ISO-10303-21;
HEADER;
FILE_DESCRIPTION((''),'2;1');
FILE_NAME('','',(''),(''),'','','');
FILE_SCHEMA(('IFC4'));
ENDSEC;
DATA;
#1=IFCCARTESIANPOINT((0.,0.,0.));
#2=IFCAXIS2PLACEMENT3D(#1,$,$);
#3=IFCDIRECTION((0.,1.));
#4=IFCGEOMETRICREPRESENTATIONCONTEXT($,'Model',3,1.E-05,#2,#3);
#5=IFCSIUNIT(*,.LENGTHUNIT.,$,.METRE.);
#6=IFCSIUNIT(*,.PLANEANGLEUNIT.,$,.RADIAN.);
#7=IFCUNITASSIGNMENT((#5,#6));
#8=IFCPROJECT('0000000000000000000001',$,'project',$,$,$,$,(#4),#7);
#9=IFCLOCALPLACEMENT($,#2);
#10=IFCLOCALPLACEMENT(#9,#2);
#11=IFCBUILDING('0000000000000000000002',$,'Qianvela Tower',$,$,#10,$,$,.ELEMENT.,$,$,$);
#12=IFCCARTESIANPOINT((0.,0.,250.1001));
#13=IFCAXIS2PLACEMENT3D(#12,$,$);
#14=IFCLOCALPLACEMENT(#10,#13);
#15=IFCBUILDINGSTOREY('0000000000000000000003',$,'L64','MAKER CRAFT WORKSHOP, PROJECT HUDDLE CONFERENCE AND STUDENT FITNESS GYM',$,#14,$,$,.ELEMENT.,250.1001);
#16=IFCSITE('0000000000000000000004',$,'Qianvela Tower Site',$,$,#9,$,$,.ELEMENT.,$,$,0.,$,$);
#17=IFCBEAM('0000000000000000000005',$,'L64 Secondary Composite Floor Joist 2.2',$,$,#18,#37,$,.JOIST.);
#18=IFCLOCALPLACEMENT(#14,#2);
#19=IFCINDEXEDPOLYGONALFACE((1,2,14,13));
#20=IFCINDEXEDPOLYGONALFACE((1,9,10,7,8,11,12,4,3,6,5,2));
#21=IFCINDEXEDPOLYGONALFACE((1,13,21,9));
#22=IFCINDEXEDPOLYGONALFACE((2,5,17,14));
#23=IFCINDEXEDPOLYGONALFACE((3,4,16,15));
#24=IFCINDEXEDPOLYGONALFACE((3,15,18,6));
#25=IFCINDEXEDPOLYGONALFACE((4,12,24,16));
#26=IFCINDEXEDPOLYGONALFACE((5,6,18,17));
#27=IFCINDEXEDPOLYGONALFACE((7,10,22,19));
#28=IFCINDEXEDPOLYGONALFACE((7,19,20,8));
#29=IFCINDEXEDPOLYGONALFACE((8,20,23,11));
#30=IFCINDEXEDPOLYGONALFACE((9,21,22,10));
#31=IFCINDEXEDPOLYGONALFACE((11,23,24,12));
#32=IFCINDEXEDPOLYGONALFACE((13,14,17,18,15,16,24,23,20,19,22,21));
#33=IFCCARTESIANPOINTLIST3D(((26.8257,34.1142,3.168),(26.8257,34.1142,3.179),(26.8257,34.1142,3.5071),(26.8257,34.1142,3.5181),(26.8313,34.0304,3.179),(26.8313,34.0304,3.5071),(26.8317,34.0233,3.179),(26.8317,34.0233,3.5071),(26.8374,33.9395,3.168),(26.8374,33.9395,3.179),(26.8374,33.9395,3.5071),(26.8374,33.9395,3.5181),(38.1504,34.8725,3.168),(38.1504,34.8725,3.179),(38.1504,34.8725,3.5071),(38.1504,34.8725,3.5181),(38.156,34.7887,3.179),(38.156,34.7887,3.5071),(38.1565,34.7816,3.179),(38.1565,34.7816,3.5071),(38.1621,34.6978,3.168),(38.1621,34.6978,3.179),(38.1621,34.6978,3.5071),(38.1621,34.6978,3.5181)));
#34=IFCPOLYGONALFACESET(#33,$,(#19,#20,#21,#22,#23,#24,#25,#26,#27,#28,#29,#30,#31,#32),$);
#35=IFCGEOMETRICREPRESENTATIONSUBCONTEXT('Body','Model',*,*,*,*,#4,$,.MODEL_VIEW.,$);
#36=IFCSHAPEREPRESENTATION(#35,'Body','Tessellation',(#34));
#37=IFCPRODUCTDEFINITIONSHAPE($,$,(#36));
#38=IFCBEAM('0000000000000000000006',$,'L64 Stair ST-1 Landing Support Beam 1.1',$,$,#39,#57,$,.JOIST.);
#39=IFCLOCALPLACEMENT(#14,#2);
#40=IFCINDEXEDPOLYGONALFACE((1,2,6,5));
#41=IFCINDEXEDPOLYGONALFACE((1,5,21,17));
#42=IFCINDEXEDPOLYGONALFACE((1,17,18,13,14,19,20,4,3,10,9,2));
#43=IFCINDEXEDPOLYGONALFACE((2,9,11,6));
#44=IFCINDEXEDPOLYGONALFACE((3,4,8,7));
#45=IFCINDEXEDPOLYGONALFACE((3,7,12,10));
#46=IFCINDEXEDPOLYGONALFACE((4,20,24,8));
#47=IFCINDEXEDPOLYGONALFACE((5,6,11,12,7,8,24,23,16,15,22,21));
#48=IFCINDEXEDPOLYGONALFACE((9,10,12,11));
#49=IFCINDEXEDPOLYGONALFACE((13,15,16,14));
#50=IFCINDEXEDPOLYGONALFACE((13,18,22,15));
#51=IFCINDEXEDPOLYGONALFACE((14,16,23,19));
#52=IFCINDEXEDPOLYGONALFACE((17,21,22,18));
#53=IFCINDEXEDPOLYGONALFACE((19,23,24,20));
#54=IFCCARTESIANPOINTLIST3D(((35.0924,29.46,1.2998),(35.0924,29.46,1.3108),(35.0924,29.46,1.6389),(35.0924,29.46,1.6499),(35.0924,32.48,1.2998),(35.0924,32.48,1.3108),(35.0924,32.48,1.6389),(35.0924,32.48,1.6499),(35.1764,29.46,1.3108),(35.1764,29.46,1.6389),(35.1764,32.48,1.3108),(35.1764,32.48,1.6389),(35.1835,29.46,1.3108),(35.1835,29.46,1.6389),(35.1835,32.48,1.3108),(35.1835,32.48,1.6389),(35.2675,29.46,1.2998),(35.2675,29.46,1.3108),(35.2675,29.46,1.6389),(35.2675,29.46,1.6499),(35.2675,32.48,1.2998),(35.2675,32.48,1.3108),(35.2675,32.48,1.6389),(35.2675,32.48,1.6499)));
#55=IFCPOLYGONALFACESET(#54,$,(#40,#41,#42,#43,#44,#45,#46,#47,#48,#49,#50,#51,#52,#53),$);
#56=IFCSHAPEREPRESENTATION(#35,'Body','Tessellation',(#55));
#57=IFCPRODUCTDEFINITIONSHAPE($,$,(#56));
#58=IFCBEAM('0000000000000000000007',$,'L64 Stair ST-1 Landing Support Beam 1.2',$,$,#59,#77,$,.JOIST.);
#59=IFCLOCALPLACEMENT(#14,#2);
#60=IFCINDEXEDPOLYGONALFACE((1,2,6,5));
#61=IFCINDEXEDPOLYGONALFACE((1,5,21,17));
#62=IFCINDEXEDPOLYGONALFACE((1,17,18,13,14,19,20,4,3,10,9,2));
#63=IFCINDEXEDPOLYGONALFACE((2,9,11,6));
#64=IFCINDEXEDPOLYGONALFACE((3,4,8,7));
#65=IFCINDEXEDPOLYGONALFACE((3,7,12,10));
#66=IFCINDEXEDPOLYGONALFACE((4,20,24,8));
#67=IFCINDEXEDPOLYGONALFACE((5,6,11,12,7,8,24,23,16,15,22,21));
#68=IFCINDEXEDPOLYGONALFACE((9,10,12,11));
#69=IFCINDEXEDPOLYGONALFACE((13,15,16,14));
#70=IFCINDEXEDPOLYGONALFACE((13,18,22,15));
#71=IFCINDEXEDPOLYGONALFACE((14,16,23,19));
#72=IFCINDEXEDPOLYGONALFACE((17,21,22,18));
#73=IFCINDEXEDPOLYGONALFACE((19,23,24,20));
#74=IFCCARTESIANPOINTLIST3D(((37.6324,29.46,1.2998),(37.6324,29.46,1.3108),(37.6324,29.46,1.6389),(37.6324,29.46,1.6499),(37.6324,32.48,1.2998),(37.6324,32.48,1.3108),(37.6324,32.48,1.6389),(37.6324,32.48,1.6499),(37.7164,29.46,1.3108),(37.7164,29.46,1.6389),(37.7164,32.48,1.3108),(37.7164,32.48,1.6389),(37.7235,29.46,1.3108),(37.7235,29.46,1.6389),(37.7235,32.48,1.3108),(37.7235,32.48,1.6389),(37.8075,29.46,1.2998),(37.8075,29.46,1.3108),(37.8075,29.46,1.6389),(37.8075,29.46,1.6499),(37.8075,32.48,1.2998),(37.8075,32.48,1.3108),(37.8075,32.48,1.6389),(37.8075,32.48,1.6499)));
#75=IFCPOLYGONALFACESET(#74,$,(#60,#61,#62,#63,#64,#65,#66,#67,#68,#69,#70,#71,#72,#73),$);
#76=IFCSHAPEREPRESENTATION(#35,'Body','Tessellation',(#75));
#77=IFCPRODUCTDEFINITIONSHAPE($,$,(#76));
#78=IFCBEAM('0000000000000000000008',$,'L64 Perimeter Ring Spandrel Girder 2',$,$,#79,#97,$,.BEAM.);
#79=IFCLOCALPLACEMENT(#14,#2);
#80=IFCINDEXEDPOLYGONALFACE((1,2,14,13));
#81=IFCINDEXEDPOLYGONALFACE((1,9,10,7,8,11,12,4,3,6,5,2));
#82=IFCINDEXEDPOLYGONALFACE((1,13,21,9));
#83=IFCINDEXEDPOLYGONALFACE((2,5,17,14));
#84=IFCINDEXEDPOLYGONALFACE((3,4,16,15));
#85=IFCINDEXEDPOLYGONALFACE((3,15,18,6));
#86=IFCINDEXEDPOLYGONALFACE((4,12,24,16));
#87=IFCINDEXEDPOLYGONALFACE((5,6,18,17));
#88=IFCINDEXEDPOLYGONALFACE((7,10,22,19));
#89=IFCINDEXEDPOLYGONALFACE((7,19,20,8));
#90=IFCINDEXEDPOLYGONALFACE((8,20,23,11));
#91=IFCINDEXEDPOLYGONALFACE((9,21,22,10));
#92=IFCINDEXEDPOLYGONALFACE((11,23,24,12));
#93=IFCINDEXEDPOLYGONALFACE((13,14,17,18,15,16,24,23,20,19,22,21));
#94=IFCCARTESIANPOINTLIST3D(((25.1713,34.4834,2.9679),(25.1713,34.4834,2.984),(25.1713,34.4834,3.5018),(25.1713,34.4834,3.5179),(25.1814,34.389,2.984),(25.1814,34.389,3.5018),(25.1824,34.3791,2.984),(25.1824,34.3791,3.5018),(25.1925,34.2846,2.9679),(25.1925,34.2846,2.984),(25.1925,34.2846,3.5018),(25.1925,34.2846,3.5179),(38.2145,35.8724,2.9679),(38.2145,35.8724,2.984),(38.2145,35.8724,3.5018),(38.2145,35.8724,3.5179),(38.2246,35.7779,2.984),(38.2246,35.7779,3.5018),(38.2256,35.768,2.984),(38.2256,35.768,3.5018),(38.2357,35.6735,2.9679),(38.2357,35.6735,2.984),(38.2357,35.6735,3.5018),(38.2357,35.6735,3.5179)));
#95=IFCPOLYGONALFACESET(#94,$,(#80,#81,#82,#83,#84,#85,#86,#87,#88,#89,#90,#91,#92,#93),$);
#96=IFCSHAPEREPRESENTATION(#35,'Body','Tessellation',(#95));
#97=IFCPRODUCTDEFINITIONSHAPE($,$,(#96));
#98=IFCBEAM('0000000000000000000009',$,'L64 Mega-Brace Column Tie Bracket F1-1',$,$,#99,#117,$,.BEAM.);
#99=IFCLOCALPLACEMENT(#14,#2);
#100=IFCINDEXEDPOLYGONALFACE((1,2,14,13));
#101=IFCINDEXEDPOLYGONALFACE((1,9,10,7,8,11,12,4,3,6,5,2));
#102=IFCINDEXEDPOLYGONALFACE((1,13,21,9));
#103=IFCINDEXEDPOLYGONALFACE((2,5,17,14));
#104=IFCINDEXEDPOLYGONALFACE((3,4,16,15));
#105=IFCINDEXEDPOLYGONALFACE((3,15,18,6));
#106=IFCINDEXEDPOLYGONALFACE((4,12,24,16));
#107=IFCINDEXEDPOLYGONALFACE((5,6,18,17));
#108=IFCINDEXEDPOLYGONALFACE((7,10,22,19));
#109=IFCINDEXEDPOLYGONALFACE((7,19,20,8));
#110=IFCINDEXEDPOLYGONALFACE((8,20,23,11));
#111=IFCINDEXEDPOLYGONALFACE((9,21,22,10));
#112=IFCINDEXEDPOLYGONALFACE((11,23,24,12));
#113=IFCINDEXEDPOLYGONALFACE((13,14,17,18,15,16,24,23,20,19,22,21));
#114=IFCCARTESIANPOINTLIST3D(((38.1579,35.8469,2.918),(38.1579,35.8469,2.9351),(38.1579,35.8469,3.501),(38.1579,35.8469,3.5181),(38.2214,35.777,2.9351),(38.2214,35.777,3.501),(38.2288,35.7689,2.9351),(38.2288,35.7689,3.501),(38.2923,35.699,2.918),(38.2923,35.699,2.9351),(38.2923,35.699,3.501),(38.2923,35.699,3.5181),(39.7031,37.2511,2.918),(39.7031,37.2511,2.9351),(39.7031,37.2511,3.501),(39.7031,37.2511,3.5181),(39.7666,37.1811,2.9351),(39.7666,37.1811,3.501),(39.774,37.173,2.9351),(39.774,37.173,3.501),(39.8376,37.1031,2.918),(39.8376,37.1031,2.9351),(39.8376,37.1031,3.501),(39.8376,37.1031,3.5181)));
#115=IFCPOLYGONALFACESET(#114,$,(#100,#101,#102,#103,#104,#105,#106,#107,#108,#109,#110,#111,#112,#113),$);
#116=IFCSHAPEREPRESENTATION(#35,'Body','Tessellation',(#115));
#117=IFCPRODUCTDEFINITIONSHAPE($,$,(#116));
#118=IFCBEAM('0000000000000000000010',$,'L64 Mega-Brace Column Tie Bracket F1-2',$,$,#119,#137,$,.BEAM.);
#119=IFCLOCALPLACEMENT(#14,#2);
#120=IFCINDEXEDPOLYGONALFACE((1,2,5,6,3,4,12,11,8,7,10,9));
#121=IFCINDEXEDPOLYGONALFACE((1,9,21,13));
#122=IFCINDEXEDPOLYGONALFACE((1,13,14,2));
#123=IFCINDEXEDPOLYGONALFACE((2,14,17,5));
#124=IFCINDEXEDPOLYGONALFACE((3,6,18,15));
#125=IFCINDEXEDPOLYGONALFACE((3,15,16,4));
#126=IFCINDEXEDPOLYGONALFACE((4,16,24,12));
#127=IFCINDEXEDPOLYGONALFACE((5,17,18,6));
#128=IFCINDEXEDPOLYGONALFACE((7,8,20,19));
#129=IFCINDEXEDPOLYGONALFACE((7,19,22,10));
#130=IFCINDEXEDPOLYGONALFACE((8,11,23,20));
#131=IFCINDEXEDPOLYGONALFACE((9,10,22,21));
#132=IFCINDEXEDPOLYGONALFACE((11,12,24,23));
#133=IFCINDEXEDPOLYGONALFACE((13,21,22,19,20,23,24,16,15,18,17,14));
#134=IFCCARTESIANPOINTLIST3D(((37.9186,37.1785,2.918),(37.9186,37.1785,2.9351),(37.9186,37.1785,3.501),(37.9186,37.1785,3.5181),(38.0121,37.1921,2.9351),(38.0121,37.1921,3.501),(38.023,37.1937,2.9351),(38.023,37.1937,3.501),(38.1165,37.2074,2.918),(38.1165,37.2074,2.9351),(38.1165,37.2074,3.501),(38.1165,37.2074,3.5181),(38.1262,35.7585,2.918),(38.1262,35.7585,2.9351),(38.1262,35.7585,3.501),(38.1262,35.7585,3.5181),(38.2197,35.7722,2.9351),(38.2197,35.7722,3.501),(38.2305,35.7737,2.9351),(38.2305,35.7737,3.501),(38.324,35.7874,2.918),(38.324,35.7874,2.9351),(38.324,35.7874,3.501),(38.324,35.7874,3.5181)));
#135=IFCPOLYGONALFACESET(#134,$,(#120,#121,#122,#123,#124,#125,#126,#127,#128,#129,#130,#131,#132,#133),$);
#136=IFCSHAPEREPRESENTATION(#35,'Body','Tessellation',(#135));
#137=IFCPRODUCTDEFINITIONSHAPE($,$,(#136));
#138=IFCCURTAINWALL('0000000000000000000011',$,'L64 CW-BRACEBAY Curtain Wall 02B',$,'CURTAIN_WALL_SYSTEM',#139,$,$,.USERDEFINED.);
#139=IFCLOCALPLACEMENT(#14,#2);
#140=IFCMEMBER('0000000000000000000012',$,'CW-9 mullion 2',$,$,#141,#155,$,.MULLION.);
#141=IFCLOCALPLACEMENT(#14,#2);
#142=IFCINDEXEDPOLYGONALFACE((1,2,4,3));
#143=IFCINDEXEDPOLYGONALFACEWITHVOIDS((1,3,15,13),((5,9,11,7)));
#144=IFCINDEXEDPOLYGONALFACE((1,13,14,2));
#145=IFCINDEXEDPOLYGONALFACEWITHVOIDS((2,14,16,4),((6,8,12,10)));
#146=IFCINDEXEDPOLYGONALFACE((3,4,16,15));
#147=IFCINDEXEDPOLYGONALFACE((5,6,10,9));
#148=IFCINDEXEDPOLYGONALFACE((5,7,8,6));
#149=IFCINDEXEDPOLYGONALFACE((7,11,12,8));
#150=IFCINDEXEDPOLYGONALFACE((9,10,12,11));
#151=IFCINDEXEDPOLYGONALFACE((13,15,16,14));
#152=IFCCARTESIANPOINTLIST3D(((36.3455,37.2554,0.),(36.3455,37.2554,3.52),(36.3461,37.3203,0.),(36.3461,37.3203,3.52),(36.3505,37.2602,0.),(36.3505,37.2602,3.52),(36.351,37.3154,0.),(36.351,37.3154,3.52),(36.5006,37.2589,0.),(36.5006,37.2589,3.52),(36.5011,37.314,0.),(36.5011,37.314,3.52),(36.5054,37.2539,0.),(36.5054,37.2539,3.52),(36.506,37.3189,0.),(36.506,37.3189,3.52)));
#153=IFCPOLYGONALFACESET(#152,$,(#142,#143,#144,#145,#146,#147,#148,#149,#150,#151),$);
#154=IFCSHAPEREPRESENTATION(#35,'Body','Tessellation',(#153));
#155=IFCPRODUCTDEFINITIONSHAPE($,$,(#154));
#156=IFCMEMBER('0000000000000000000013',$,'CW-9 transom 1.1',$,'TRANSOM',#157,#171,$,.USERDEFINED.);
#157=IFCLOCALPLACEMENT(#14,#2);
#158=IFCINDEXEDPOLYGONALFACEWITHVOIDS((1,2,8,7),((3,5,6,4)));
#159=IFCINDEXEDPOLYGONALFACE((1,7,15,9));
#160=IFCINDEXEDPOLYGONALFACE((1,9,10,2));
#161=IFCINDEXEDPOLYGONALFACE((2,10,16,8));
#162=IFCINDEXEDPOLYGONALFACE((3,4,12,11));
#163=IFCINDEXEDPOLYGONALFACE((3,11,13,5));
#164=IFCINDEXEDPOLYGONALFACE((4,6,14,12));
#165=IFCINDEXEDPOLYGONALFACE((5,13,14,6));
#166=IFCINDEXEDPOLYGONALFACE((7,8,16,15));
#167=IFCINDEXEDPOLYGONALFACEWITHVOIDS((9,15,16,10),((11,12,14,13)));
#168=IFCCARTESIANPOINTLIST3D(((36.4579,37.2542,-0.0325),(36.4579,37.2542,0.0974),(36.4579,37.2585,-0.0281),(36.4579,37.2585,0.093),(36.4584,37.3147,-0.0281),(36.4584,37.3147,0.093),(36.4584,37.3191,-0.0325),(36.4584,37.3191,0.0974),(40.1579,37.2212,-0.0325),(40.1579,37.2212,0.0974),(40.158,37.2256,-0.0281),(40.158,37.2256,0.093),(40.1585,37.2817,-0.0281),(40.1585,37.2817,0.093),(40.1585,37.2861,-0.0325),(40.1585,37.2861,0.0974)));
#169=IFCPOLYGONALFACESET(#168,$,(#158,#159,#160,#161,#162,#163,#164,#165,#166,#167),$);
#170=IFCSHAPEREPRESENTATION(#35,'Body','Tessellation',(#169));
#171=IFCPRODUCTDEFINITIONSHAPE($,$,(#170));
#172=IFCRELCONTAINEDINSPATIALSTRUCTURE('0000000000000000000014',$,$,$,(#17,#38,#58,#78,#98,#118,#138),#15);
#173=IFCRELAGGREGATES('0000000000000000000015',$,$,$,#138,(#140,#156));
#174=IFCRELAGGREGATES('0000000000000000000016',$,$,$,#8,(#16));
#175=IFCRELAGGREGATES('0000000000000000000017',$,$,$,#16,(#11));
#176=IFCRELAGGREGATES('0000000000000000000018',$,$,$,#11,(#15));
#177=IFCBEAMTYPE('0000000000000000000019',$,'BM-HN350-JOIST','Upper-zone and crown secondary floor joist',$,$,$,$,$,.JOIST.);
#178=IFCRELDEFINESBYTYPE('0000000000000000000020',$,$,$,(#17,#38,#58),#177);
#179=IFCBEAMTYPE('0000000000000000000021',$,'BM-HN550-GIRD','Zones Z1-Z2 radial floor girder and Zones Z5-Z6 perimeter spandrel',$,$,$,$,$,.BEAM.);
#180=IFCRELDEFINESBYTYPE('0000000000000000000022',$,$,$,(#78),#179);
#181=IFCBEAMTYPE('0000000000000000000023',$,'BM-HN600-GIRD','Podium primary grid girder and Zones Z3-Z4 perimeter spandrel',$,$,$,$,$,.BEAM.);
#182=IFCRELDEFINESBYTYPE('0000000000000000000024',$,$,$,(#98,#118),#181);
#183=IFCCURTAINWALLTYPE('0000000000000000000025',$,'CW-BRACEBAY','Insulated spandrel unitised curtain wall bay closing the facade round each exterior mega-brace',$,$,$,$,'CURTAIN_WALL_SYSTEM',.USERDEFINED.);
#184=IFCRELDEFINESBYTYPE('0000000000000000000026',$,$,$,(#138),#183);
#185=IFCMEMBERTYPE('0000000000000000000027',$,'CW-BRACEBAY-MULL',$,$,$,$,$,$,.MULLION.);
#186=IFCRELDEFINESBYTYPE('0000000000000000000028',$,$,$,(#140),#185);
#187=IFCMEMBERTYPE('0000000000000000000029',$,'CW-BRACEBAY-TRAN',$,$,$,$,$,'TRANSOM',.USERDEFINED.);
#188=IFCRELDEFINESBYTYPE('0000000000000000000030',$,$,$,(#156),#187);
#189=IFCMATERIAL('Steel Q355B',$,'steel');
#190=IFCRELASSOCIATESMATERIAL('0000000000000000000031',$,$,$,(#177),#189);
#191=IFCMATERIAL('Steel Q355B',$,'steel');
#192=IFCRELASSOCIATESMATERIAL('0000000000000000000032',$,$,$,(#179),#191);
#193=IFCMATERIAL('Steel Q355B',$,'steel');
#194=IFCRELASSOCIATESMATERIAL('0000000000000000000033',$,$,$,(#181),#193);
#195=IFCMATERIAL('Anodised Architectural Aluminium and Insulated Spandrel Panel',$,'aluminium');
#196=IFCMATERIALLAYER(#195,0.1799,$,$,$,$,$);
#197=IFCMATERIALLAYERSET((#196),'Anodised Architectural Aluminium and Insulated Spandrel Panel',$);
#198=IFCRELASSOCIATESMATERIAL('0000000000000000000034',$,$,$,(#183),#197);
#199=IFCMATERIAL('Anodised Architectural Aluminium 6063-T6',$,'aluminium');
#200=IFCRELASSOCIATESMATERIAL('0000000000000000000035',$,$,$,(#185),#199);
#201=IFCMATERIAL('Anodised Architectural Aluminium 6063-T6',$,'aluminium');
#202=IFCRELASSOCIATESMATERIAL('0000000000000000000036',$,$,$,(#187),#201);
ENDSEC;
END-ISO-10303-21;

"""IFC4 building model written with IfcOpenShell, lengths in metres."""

from ifc_helpers import new_model, si_unit, direction, frame, origin, origin_2d, place, context, subcontext, project, spatial, hollow_rectangle, i_section, extrude, material, layer, layer_set, material_profile, profile_set, type_object, element, aggregate, save


model = new_model("IFC4")

# Units and contexts
model_context = context("Model", 3, precision=1e-05, world=origin(), true_north=direction((0.0, 1.0)))
body_context = subcontext(model_context, "Body", "Model", "MODEL_VIEW")
ifc_project = project(units=[si_unit("LENGTHUNIT", "METRE"), si_unit("PLANEANGLEUNIT", "RADIAN")], contexts=[model_context])

# Site, building, storey
site_placement = place(None, origin())
site = spatial("IfcSite", under=ifc_project, at=site_placement, Name="Qianvela Tower Site", CompositionType="ELEMENT", RefElevation=0.0)
building_placement = place(site_placement, origin())
building = spatial("IfcBuilding", under=site, at=building_placement, Name="Qianvela Tower", CompositionType="ELEMENT")
storey_placement = place(building_placement, frame((0.0, 0.0, 250.1001)))
storey = spatial("IfcBuildingStorey", under=building, at=storey_placement, Name="L64", Description="MAKER CRAFT WORKSHOP, PROJECT HUDDLE CONFERENCE AND STUDENT FITNESS GYM", CompositionType="ELEMENT", Elevation=250.1001)

# Beams
ifc_material_1 = material(Name="Steel Q355B", Category="steel")
ifc_material_profile_1 = material_profile(ifc_material_1, i_section(OverallWidth=0.175, OverallDepth=0.3501, WebThickness=0.0071, FlangeThickness=0.011, at=origin_2d()), Name="HN350x175x7x11")
ifc_profile_set_1 = profile_set([ifc_material_profile_1], Name="Steel Q355B")
beam_type_1 = type_object("IfcBeamType", Name="BM-HN350-JOIST", Description="Upper-zone and crown secondary floor joist", PredefinedType="JOIST", material=ifc_profile_set_1)
beam_1_placement = place(storey_placement, frame((38.1562, 34.7852, 3.343), z_axis=(-0.997766, -0.06681, 0.0), x_axis=(0.06681, -0.997766, 0.0)))
element("IfcBeam", 1, at=beam_1_placement, inside=storey, type_object=beam_type_1, Name="L64 Secondary Composite Floor Joist 2.2", PredefinedType="JOIST", context=body_context, shape_type="SweptSolid", body=[
    extrude(i_section(OverallWidth=0.175, OverallDepth=0.3501, WebThickness=0.0071, FlangeThickness=0.011, at=origin_2d()), origin(), (0.0, 0.0, 1.0), 11.3501),
])
for number, where, z_axis, x_axis, name in (
    (2, (35.1799, 29.46, 1.4749), (0.0, 1.0, 0.0), (-1.0, 0.0, 0.0), "L64 Stair ST-1 Landing Support Beam 1.1"),
    (3, (37.72, 29.46, 1.4749), (0.0, 1.0, 0.0), (-1.0, 0.0, 0.0), "L64 Stair ST-1 Landing Support Beam 1.2"),
):
    element("IfcBeam", number, at=place(storey_placement, frame(where, z_axis=z_axis, x_axis=x_axis)), inside=storey, type_object=beam_type_1, Name=name, PredefinedType="JOIST", context=body_context, shape_type="SweptSolid", body=[
        extrude(i_section(OverallWidth=0.175, OverallDepth=0.3501, WebThickness=0.0071, FlangeThickness=0.011, at=origin_2d()), origin(), (0.0, 0.0, 1.0), 3.02),
    ])
ifc_material_2 = material(Name="Steel Q355B", Category="steel")
ifc_material_profile_2 = material_profile(ifc_material_2, i_section(OverallWidth=0.2, OverallDepth=0.55, WebThickness=0.01, FlangeThickness=0.0161, at=origin_2d()), Name="HN550x200x10x16")
ifc_profile_set_2 = profile_set([ifc_material_profile_2], Name="Steel Q355B")
beam_type_2 = type_object("IfcBeamType", Name="BM-HN550-GIRD", Description="Zones Z1-Z2 radial floor girder and Zones Z5-Z6 perimeter spandrel", PredefinedType="BEAM", material=ifc_profile_set_2)
beam_2_placement = place(storey_placement, frame((38.2251, 35.7729, 3.2429), z_axis=(-0.994378, -0.105887, 0.0), x_axis=(0.105887, -0.994378, 0.0)))
element("IfcBeam", 4, at=beam_2_placement, inside=storey, type_object=beam_type_2, Name="L64 Perimeter Ring Spandrel Girder 2", PredefinedType="BEAM", context=body_context, shape_type="SweptSolid", body=[
    extrude(i_section(OverallWidth=0.2, OverallDepth=0.55, WebThickness=0.01, FlangeThickness=0.0161, at=origin_2d()), origin(), (0.0, 0.0, 1.0), 13.1169),
])
ifc_material_3 = material(Name="Steel Q355B", Category="steel")
ifc_material_profile_3 = material_profile(ifc_material_3, i_section(OverallWidth=0.2, OverallDepth=0.6001, WebThickness=0.011, FlangeThickness=0.0171, at=origin_2d()), Name="HN600x200x11x17")
ifc_profile_set_3 = profile_set([ifc_material_profile_3], Name="Steel Q355B")
beam_type_3 = type_object("IfcBeamType", Name="BM-HN600-GIRD", Description="Podium primary grid girder and Zones Z3-Z4 perimeter spandrel", PredefinedType="BEAM", material=ifc_profile_set_3)
beam_3_placement = place(storey_placement, frame((38.2251, 35.7729, 3.218), z_axis=(0.740094, 0.672504, 0.0), x_axis=(-0.672504, 0.740094, 0.0)))
element("IfcBeam", 5, at=beam_3_placement, inside=storey, type_object=beam_type_3, Name="L64 Mega-Brace Column Tie Bracket F1-1", PredefinedType="BEAM", context=body_context, shape_type="SweptSolid", body=[
    extrude(i_section(OverallWidth=0.2, OverallDepth=0.6001, WebThickness=0.011, FlangeThickness=0.0171, at=origin_2d()), origin(), (0.0, 0.0, 1.0), 2.0879),
])
beam_4_placement = place(storey_placement, frame((38.2251, 35.7729, 3.218), z_axis=(-0.144612, 0.989488, 0.0), x_axis=(-0.989488, -0.144612, 0.0)))
element("IfcBeam", 6, at=beam_4_placement, inside=storey, type_object=beam_type_3, Name="L64 Mega-Brace Column Tie Bracket F1-2", PredefinedType="BEAM", context=body_context, shape_type="SweptSolid", body=[
    extrude(i_section(OverallWidth=0.2, OverallDepth=0.6001, WebThickness=0.011, FlangeThickness=0.0171, at=origin_2d()), origin(), (0.0, 0.0, 1.0), 1.4351),
])

# Curtain wall, members
ifc_material_4 = material(Name="Anodised Architectural Aluminium and Insulated Spandrel Panel", Category="aluminium")
ifc_layer_1 = layer(ifc_material_4, 0.1799)
ifc_layer_set_1 = layer_set([ifc_layer_1], Name="Anodised Architectural Aluminium and Insulated Spandrel Panel")
curtain_wall_type_1 = type_object("IfcCurtainWallType", Name="CW-BRACEBAY", Description="Insulated spandrel unitised curtain wall bay closing the facade round each exterior mega-brace", ElementType="CURTAIN_WALL_SYSTEM", PredefinedType="USERDEFINED", material=ifc_layer_set_1)
curtain_wall_1_placement = place(storey_placement, origin())
curtain_wall_1 = element("IfcCurtainWall", 7, at=curtain_wall_1_placement, inside=storey, type_object=curtain_wall_type_1, Name="L64 CW-BRACEBAY Curtain Wall 02B", ObjectType="CURTAIN_WALL_SYSTEM", PredefinedType="USERDEFINED")
ifc_material_5 = material(Name="Anodised Architectural Aluminium 6063-T6", Category="aluminium")
ifc_material_profile_4 = material_profile(ifc_material_5, hollow_rectangle(XDim=0.0649, YDim=0.1599, WallThickness=0.0049, at=origin_2d()), Name="ALU-MULL-65x160")
ifc_profile_set_4 = profile_set([ifc_material_profile_4], Name="Anodised Architectural Aluminium 6063-T6")
member_type_1 = type_object("IfcMemberType", Name="CW-BRACEBAY-MULL", PredefinedType="MULLION", material=ifc_profile_set_4)
member_1_placement = place(storey_placement, frame((36.4258, 37.2871, 0.0), z_axis=(0.0, 0.0, 1.0), x_axis=(-0.008955, -0.99996, 0.0)))
member_1 = element("IfcMember", 8, at=member_1_placement, type_object=member_type_1, Name="CW-9 mullion 2", PredefinedType="MULLION", context=body_context, shape_type="SweptSolid", body=[
    extrude(hollow_rectangle(XDim=0.0649, YDim=0.1599, WallThickness=0.0049, at=origin_2d()), origin(), (0.0, 0.0, 1.0), 3.52),
])
ifc_material_6 = material(Name="Anodised Architectural Aluminium 6063-T6", Category="aluminium")
ifc_material_profile_5 = material_profile(ifc_material_6, hollow_rectangle(XDim=0.0649, YDim=0.1299, WallThickness=0.0044, at=origin_2d()), Name="ALU-TRAN-65x130")
ifc_profile_set_5 = profile_set([ifc_material_profile_5], Name="Anodised Architectural Aluminium 6063-T6")
member_type_2 = type_object("IfcMemberType", Name="CW-BRACEBAY-TRAN", ElementType="TRANSOM", PredefinedType="USERDEFINED", material=ifc_profile_set_5)
member_2_placement = place(storey_placement, frame((40.1582, 37.2537, 0.0325), z_axis=(-0.99996, 0.008908, 0.0), x_axis=(-0.008908, -0.99996, 0.0)))
member_2 = element("IfcMember", 9, at=member_2_placement, type_object=member_type_2, Name="CW-9 transom 1.1", ObjectType="TRANSOM", PredefinedType="USERDEFINED", context=body_context, shape_type="SweptSolid", body=[
    extrude(hollow_rectangle(XDim=0.0649, YDim=0.1299, WallThickness=0.0044, at=origin_2d()), origin(), (0.0, 0.0, 1.0), 3.7002),
])

aggregate(curtain_wall_1, [member_1, member_2])

save(model, "model.ifc")
